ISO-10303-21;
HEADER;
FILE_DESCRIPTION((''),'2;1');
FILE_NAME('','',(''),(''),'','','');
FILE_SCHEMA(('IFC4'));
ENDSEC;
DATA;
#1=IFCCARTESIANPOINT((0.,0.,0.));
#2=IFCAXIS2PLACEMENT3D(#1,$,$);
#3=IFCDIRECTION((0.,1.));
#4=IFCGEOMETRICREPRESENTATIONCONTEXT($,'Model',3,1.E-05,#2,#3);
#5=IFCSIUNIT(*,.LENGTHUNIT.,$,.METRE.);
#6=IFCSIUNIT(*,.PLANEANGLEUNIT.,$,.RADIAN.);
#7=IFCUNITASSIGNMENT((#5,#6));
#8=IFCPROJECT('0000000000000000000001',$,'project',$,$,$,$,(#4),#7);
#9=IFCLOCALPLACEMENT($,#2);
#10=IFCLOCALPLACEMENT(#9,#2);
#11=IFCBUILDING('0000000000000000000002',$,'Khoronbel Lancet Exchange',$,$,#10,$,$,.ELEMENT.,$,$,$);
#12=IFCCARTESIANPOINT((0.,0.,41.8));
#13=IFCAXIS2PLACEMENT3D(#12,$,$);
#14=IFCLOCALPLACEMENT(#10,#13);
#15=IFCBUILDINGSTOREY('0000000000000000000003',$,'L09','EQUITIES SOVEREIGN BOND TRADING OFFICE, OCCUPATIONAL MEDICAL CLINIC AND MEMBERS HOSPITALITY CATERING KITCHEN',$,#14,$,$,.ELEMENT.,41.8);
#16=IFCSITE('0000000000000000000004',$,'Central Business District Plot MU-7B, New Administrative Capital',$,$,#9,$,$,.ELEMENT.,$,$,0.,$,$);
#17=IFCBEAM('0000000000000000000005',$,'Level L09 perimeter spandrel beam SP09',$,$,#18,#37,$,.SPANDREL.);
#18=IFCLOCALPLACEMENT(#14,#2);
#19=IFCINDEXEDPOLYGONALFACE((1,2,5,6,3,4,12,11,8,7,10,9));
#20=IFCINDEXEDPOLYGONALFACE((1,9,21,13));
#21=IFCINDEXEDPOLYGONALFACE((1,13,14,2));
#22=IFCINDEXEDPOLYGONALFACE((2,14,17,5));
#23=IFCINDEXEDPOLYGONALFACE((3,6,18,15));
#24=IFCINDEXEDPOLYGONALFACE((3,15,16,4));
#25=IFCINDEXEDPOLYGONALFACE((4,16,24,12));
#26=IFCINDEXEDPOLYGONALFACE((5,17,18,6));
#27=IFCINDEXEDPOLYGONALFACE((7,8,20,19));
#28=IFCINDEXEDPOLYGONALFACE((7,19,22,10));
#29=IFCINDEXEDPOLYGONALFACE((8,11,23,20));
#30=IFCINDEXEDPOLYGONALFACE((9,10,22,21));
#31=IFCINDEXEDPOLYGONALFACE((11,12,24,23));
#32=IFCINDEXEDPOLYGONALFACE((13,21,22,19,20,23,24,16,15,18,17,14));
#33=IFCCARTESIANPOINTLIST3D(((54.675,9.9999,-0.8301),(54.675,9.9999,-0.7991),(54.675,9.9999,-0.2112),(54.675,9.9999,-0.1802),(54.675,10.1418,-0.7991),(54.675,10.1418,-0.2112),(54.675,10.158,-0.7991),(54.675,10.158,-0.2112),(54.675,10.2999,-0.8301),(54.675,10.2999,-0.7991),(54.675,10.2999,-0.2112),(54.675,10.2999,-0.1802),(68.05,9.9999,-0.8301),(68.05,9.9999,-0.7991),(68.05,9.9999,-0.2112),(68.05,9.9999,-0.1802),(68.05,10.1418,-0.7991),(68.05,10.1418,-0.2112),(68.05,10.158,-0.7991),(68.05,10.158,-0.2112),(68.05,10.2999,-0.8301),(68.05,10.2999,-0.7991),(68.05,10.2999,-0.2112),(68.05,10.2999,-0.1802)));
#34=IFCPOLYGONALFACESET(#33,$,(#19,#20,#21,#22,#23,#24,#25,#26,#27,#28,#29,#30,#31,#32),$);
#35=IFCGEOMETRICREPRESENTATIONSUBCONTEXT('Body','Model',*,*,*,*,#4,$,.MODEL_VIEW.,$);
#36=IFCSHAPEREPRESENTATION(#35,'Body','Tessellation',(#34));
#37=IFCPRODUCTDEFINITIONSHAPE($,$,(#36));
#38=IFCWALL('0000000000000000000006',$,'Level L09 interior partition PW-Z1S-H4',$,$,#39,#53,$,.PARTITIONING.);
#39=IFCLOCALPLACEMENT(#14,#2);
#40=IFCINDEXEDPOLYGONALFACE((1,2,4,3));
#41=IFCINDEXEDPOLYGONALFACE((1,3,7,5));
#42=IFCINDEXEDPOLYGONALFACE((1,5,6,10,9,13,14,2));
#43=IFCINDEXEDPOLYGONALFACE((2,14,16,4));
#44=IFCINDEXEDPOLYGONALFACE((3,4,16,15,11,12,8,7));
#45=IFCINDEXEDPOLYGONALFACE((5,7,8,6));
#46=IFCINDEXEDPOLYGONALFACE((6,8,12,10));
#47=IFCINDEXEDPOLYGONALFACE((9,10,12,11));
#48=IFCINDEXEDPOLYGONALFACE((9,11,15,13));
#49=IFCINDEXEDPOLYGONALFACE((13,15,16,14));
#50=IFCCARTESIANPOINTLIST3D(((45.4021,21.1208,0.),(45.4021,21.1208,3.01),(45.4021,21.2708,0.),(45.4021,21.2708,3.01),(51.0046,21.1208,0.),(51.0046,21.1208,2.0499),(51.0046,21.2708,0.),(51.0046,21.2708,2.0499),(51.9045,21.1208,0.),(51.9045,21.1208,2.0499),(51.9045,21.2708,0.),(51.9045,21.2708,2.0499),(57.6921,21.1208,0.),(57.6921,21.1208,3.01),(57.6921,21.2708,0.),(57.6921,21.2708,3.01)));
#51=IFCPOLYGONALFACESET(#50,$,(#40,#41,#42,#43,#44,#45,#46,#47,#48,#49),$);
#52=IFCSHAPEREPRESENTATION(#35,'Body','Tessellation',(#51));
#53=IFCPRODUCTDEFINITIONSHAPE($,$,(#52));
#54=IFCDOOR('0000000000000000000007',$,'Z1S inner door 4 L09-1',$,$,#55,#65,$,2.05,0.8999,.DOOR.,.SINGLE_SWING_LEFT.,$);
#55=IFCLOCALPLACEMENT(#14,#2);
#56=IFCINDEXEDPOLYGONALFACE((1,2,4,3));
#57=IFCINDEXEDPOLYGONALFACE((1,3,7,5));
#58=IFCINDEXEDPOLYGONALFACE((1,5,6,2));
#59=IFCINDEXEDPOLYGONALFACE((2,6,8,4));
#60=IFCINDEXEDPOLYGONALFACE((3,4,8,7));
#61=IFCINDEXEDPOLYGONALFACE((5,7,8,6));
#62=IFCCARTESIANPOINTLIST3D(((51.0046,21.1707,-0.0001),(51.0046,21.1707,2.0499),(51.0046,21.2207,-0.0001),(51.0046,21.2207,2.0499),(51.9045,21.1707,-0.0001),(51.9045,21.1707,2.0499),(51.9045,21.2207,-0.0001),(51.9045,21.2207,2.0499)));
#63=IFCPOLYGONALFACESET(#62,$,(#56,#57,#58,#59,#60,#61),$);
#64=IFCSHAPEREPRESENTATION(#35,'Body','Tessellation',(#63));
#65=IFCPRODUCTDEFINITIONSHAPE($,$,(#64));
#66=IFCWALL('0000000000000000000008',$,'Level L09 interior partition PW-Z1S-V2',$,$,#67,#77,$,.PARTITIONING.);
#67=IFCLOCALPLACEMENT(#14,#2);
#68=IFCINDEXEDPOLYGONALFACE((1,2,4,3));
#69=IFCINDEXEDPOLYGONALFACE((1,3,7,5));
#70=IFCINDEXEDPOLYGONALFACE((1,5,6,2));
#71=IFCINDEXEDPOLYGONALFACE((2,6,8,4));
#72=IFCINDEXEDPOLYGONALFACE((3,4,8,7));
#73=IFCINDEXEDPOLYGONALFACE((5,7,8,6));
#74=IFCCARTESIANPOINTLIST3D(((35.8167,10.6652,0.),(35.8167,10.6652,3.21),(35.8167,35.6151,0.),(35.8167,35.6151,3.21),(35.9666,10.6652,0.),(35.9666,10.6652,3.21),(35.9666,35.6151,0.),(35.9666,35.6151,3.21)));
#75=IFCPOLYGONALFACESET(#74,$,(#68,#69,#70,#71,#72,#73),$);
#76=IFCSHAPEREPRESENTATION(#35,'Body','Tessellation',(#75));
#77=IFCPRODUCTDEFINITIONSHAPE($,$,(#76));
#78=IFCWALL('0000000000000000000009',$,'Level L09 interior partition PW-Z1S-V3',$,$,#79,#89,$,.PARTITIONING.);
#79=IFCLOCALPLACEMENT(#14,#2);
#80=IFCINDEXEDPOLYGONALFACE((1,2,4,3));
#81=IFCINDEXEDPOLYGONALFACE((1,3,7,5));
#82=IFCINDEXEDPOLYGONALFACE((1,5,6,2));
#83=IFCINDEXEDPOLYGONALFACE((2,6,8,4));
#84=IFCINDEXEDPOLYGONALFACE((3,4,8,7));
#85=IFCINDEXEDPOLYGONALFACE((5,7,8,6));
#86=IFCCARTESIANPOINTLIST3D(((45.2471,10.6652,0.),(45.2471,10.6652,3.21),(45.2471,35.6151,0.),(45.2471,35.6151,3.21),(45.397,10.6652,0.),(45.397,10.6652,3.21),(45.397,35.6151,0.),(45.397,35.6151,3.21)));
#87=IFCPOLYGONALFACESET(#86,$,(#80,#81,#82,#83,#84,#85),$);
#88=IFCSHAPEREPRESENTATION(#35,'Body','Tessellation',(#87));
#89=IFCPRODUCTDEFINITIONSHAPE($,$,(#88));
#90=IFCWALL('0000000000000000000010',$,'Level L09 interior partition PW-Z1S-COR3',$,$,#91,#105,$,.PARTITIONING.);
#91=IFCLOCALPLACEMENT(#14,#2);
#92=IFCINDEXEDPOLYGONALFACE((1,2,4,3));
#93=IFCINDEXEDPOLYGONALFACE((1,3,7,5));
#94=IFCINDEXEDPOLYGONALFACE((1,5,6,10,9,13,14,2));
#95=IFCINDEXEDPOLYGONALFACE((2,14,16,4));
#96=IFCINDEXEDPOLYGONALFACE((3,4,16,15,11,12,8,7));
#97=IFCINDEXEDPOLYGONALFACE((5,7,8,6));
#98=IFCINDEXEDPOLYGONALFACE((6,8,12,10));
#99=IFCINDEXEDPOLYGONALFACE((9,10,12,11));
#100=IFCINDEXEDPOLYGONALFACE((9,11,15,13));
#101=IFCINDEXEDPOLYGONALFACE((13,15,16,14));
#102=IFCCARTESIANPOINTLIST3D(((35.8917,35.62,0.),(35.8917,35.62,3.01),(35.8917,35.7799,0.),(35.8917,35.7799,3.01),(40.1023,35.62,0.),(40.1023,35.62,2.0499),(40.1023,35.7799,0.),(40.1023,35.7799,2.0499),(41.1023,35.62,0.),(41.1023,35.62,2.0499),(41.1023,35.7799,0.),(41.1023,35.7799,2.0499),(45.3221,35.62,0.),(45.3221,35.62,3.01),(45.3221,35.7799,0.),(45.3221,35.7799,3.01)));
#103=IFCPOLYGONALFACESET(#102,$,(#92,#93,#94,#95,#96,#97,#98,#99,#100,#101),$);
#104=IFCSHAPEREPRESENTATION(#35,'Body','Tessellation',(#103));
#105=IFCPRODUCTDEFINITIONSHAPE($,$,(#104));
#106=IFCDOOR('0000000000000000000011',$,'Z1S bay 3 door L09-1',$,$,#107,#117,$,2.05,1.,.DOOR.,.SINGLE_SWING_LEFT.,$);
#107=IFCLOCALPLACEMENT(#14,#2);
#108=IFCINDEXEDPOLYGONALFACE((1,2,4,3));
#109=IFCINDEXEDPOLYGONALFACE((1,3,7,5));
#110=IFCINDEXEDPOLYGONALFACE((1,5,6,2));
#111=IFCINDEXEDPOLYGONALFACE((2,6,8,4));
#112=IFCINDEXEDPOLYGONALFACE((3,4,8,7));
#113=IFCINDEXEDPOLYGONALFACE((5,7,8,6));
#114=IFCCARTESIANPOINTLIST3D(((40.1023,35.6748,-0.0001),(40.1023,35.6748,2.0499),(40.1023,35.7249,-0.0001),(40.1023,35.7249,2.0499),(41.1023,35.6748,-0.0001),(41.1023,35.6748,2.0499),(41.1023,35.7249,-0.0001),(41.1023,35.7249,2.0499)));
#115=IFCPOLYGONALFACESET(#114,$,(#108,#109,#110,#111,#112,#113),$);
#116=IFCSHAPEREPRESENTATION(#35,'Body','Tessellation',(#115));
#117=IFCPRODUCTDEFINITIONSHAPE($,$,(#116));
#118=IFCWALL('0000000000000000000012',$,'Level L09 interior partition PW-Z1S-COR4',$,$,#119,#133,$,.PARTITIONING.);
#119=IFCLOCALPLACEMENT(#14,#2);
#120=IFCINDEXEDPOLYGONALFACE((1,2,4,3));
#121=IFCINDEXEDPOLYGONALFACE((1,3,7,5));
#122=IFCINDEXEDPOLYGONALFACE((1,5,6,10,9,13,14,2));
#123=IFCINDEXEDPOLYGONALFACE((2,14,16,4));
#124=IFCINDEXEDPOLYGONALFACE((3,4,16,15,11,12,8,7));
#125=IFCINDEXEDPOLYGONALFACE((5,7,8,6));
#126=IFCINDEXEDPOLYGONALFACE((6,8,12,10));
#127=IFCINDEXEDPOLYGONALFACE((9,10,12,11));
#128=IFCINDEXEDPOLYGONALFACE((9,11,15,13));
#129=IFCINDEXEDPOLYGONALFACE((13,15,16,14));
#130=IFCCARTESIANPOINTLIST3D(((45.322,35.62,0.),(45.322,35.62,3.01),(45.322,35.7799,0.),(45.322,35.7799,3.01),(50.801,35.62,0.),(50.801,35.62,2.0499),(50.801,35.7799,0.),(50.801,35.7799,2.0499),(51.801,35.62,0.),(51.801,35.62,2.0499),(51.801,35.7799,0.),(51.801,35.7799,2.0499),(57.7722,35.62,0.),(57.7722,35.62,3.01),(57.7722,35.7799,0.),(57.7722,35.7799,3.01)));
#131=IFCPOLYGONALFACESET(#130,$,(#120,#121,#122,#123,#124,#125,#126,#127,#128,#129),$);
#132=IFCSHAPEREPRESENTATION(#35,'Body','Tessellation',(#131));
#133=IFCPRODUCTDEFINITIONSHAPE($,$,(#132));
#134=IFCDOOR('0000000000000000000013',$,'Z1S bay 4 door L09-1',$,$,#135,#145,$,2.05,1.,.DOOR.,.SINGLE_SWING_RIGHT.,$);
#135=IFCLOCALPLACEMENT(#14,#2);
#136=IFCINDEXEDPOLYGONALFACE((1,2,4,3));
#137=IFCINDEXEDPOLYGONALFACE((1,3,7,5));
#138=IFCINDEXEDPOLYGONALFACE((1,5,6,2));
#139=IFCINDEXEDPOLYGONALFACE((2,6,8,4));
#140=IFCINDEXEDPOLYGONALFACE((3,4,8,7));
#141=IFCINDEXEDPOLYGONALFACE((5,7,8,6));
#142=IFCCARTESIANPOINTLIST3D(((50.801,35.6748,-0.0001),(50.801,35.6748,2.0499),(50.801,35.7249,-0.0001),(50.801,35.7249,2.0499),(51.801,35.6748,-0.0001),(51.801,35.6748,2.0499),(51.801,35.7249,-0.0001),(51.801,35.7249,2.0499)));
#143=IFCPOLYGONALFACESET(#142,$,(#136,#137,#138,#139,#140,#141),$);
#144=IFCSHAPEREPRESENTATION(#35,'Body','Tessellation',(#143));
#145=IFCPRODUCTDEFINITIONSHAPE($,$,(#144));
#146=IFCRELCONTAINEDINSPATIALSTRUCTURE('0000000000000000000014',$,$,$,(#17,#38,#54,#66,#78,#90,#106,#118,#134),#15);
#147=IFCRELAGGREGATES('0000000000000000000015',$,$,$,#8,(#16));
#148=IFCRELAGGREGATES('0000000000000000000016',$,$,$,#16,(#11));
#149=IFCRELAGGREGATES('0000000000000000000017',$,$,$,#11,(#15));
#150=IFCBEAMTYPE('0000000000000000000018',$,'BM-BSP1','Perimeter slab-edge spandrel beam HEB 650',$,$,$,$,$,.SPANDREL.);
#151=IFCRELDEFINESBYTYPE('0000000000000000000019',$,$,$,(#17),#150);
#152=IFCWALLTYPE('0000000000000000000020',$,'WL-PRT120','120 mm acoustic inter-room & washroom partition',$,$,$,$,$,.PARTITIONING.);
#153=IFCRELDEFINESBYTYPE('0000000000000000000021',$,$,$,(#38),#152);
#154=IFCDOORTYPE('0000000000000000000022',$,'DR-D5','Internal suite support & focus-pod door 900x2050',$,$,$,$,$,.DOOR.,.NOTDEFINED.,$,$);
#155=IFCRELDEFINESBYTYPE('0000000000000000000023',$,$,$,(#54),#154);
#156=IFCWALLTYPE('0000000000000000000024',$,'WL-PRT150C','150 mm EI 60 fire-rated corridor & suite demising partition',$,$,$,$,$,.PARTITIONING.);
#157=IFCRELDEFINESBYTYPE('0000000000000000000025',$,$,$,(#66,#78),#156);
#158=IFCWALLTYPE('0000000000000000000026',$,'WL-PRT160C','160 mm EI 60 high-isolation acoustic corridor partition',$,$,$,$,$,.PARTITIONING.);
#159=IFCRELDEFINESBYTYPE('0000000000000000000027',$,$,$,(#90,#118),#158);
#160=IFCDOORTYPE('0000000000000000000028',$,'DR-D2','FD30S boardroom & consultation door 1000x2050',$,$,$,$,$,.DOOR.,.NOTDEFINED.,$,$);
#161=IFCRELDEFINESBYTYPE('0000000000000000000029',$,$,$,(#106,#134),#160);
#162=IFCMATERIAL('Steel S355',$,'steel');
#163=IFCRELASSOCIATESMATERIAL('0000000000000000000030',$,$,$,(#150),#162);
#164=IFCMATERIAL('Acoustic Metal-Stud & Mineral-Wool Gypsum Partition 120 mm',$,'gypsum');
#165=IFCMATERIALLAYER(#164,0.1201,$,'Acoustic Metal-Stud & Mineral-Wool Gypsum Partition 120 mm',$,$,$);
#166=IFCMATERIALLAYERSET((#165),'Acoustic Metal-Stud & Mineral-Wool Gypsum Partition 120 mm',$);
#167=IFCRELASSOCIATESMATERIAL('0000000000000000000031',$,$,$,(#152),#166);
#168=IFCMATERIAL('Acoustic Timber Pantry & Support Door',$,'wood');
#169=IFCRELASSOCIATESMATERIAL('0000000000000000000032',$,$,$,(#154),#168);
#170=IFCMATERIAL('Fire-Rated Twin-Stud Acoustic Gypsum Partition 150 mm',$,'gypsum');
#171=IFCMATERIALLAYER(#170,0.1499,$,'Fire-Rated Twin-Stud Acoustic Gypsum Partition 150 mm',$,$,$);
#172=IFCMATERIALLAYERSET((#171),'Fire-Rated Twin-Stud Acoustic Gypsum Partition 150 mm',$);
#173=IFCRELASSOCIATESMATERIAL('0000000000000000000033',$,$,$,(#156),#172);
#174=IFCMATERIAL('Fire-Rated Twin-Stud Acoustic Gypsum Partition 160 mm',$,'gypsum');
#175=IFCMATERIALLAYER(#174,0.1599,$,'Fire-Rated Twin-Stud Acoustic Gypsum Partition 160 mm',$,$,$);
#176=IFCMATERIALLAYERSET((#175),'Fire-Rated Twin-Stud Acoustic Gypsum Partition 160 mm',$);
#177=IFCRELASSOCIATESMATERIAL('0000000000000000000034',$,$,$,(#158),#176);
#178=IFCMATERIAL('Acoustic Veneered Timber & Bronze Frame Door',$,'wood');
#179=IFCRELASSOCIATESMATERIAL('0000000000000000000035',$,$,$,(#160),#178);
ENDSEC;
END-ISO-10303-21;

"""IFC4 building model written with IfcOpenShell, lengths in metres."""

from ifc_helpers import new_model, si_unit, direction, frame, frame_2d, origin, origin_2d, place, context, subcontext, project, spatial, rectangle, i_section, extrude, material, layer, layer_set, material_profile, profile_set, type_object, element, fill, save


model = new_model("IFC4")

# Units and contexts
model_context = context("Model", 3, precision=1e-05, world=origin(), true_north=direction((0.0, 1.0)))
body_context = subcontext(model_context, "Body", "Model", "MODEL_VIEW")
ifc_project = project(units=[si_unit("LENGTHUNIT", "METRE"), si_unit("PLANEANGLEUNIT", "RADIAN")], contexts=[model_context])

# Site, building, storey
site_placement = place(None, origin())
site = spatial("IfcSite", under=ifc_project, at=site_placement, Name="Central Business District Plot MU-7B, New Administrative Capital", CompositionType="ELEMENT", RefElevation=0.0)
building_placement = place(site_placement, origin())
building = spatial("IfcBuilding", under=site, at=building_placement, Name="Khoronbel Lancet Exchange", CompositionType="ELEMENT")
storey_placement = place(building_placement, frame((0.0, 0.0, 41.8)))
storey = spatial("IfcBuildingStorey", under=building, at=storey_placement, Name="L09", Description="EQUITIES SOVEREIGN BOND TRADING OFFICE, OCCUPATIONAL MEDICAL CLINIC AND MEMBERS HOSPITALITY CATERING KITCHEN", CompositionType="ELEMENT", Elevation=41.8)

# Beam
ifc_material_1 = material(Name="Steel S355", Category="steel")
ifc_material_profile_1 = material_profile(ifc_material_1, i_section(OverallWidth=0.3, OverallDepth=0.6499, WebThickness=0.0161, FlangeThickness=0.031, at=origin_2d()), Name="HEB 650")
ifc_profile_set_1 = profile_set([ifc_material_profile_1], Name="Steel S355")
beam_type_1 = type_object("IfcBeamType", Name="BM-BSP1", Description="Perimeter slab-edge spandrel beam HEB 650", PredefinedType="SPANDREL", material=ifc_profile_set_1)
beam_1_placement = place(storey_placement, frame((54.675, 10.1499, -0.5051), z_axis=(1.0, 0.0, 0.0), x_axis=(0.0, 1.0, 0.0)))
element("IfcBeam", 1, at=beam_1_placement, inside=storey, type_object=beam_type_1, Name="Level L09 perimeter spandrel beam SP09", PredefinedType="SPANDREL", context=body_context, shape_type="SweptSolid", body=[
    extrude(i_section(OverallWidth=0.3, OverallDepth=0.6499, WebThickness=0.0161, FlangeThickness=0.031, at=origin_2d()), origin(), (0.0, 0.0, 1.0), 13.375),
])

# Wall, opening, door
ifc_material_2 = material(Name="Acoustic Metal-Stud & Mineral-Wool Gypsum Partition 120 mm", Category="gypsum")
ifc_layer_1 = layer(ifc_material_2, 0.1201, Name="Acoustic Metal-Stud & Mineral-Wool Gypsum Partition 120 mm")
ifc_layer_set_1 = layer_set([ifc_layer_1], Name="Acoustic Metal-Stud & Mineral-Wool Gypsum Partition 120 mm")
wall_type_1 = type_object("IfcWallType", Name="WL-PRT120", Description="120 mm acoustic inter-room & washroom partition", PredefinedType="PARTITIONING", material=ifc_layer_set_1)
wall_1_placement = place(storey_placement, frame((45.4021, 21.1958, 0.0), z_axis=(0.0, 0.0, 1.0), x_axis=(1.0, 0.0, 0.0)))
wall_1 = element("IfcWall", 2, at=wall_1_placement, inside=storey, type_object=wall_type_1, Name="Level L09 interior partition PW-Z1S-H4", PredefinedType="PARTITIONING", context=body_context, shape_type="SweptSolid", body=[
    extrude(rectangle(XDim=12.29, YDim=0.1499, at=frame_2d((6.145, 0.0))), origin(), (0.0, 0.0, 1.0), 3.01),
])
opening_1_placement = place(wall_1_placement, frame((5.6025, 0.0, 0.0)))
opening_1 = element("IfcOpeningElement", 3, at=opening_1_placement, cuts=wall_1, PredefinedType="OPENING", context=body_context, shape_type="SweptSolid", body=[
    extrude(rectangle(XDim=0.8999, YDim=2.05, at=frame_2d((0.45, 1.0249))), frame((0.0, 0.085, 0.0), z_axis=(0.0, -1.0, 0.0), x_axis=(1.0, 0.0, 0.0)), (0.0, 0.0, 1.0), 0.1699),
])
ifc_material_3 = material(Name="Acoustic Timber Pantry & Support Door", Category="wood")
door_type_1 = type_object("IfcDoorType", Name="DR-D5", Description="Internal suite support & focus-pod door 900x2050", OperationType="NOTDEFINED", PredefinedType="DOOR", material=ifc_material_3)
door_1_placement = place(opening_1_placement, origin())
door_1 = element("IfcDoor", 4, at=door_1_placement, inside=storey, type_object=door_type_1, Name="Z1S inner door 4 L09-1", OperationType="SINGLE_SWING_LEFT", OverallHeight=2.05, OverallWidth=0.8999, PredefinedType="DOOR", context=body_context, shape_type="SweptSolid", body=[
    extrude(rectangle(XDim=0.8999, YDim=2.05, at=frame_2d((0.45, 1.0249))), frame((0.0, 0.0249, 0.0), z_axis=(0.0, -1.0, 0.0), x_axis=(1.0, 0.0, 0.0)), (0.0, 0.0, 1.0), 0.05),
])
fill(opening_1, door_1)

# Walls
ifc_material_4 = material(Name="Fire-Rated Twin-Stud Acoustic Gypsum Partition 150 mm", Category="gypsum")
ifc_layer_2 = layer(ifc_material_4, 0.1499, Name="Fire-Rated Twin-Stud Acoustic Gypsum Partition 150 mm")
ifc_layer_set_2 = layer_set([ifc_layer_2], Name="Fire-Rated Twin-Stud Acoustic Gypsum Partition 150 mm")
wall_type_2 = type_object("IfcWallType", Name="WL-PRT150C", Description="150 mm EI 60 fire-rated corridor & suite demising partition", PredefinedType="PARTITIONING", material=ifc_layer_set_2)
for number, where, z_axis, x_axis, name in (
    (5, (35.8916, 10.665, 0.0), (0.0, 0.0, 1.0), (0.0, 1.0, 0.0), "Level L09 interior partition PW-Z1S-V2"),
    (6, (45.322, 10.665, 0.0), (0.0, 0.0, 1.0), (0.0, 1.0, 0.0), "Level L09 interior partition PW-Z1S-V3"),
):
    element("IfcWall", number, at=place(storey_placement, frame(where, z_axis=z_axis, x_axis=x_axis)), inside=storey, type_object=wall_type_2, Name=name, PredefinedType="PARTITIONING", context=body_context, shape_type="SweptSolid", body=[
        extrude(rectangle(XDim=24.95, YDim=0.1499, at=frame_2d((12.4751, 0.0))), origin(), (0.0, 0.0, 1.0), 3.21),
    ])

# Walls, openings, doors
ifc_material_5 = material(Name="Fire-Rated Twin-Stud Acoustic Gypsum Partition 160 mm", Category="gypsum")
ifc_layer_3 = layer(ifc_material_5, 0.1599, Name="Fire-Rated Twin-Stud Acoustic Gypsum Partition 160 mm")
ifc_layer_set_3 = layer_set([ifc_layer_3], Name="Fire-Rated Twin-Stud Acoustic Gypsum Partition 160 mm")
wall_type_3 = type_object("IfcWallType", Name="WL-PRT160C", Description="160 mm EI 60 high-isolation acoustic corridor partition", PredefinedType="PARTITIONING", material=ifc_layer_set_3)
wall_2_placement = place(storey_placement, frame((35.8916, 35.7, 0.0), z_axis=(0.0, 0.0, 1.0), x_axis=(1.0, 0.0, 0.0)))
wall_2 = element("IfcWall", 7, at=wall_2_placement, inside=storey, type_object=wall_type_3, Name="Level L09 interior partition PW-Z1S-COR3", PredefinedType="PARTITIONING", context=body_context, shape_type="SweptSolid", body=[
    extrude(rectangle(XDim=9.4304, YDim=0.1599, at=frame_2d((4.7153, 0.0))), origin(), (0.0, 0.0, 1.0), 3.01),
])
opening_2_placement = place(wall_2_placement, frame((4.2107, 0.0, 0.0)))
opening_2 = element("IfcOpeningElement", 8, at=opening_2_placement, cuts=wall_2, PredefinedType="OPENING", context=body_context, shape_type="SweptSolid", body=[
    extrude(rectangle(XDim=1.0, YDim=2.05, at=frame_2d((0.5, 1.0249))), frame((0.0, 0.0898, 0.0), z_axis=(0.0, -1.0, 0.0), x_axis=(1.0, 0.0, 0.0)), (0.0, 0.0, 1.0), 0.1799),
])
ifc_material_6 = material(Name="Acoustic Veneered Timber & Bronze Frame Door", Category="wood")
door_type_2 = type_object("IfcDoorType", Name="DR-D2", Description="FD30S boardroom & consultation door 1000x2050", OperationType="NOTDEFINED", PredefinedType="DOOR", material=ifc_material_6)
door_2_placement = place(opening_2_placement, origin())
door_2 = element("IfcDoor", 9, at=door_2_placement, inside=storey, type_object=door_type_2, Name="Z1S bay 3 door L09-1", OperationType="SINGLE_SWING_LEFT", OverallHeight=2.05, OverallWidth=1.0, PredefinedType="DOOR", context=body_context, shape_type="SweptSolid", body=[
    extrude(rectangle(XDim=1.0, YDim=2.05, at=frame_2d((0.5, 1.0249))), frame((0.0, 0.0249, 0.0), z_axis=(0.0, -1.0, 0.0), x_axis=(1.0, 0.0, 0.0)), (0.0, 0.0, 1.0), 0.05),
])
fill(opening_2, door_2)
wall_3_placement = place(storey_placement, frame((45.322, 35.7, 0.0), z_axis=(0.0, 0.0, 1.0), x_axis=(1.0, 0.0, 0.0)))
wall_3 = element("IfcWall", 10, at=wall_3_placement, inside=storey, type_object=wall_type_3, Name="Level L09 interior partition PW-Z1S-COR4", PredefinedType="PARTITIONING", context=body_context, shape_type="SweptSolid", body=[
    extrude(rectangle(XDim=12.4502, YDim=0.1599, at=frame_2d((6.2251, 0.0))), origin(), (0.0, 0.0, 1.0), 3.01),
])
opening_3_placement = place(wall_3_placement, frame((5.479, 0.0, 0.0)))
opening_3 = element("IfcOpeningElement", 11, at=opening_3_placement, cuts=wall_3, PredefinedType="OPENING", context=body_context, shape_type="SweptSolid", body=[
    extrude(rectangle(XDim=1.0, YDim=2.05, at=frame_2d((0.5, 1.0249))), frame((0.0, 0.0898, 0.0), z_axis=(0.0, -1.0, 0.0), x_axis=(1.0, 0.0, 0.0)), (0.0, 0.0, 1.0), 0.1799),
])
door_3_placement = place(opening_3_placement, origin())
door_3 = element("IfcDoor", 12, at=door_3_placement, inside=storey, type_object=door_type_2, Name="Z1S bay 4 door L09-1", OperationType="SINGLE_SWING_RIGHT", OverallHeight=2.05, OverallWidth=1.0, PredefinedType="DOOR", context=body_context, shape_type="SweptSolid", body=[
    extrude(rectangle(XDim=1.0, YDim=2.05, at=frame_2d((0.5, 1.0249))), frame((0.0, 0.0249, 0.0), z_axis=(0.0, -1.0, 0.0), x_axis=(1.0, 0.0, 0.0)), (0.0, 0.0, 1.0), 0.05),
])
fill(opening_3, door_3)

save(model, "model.ifc")
